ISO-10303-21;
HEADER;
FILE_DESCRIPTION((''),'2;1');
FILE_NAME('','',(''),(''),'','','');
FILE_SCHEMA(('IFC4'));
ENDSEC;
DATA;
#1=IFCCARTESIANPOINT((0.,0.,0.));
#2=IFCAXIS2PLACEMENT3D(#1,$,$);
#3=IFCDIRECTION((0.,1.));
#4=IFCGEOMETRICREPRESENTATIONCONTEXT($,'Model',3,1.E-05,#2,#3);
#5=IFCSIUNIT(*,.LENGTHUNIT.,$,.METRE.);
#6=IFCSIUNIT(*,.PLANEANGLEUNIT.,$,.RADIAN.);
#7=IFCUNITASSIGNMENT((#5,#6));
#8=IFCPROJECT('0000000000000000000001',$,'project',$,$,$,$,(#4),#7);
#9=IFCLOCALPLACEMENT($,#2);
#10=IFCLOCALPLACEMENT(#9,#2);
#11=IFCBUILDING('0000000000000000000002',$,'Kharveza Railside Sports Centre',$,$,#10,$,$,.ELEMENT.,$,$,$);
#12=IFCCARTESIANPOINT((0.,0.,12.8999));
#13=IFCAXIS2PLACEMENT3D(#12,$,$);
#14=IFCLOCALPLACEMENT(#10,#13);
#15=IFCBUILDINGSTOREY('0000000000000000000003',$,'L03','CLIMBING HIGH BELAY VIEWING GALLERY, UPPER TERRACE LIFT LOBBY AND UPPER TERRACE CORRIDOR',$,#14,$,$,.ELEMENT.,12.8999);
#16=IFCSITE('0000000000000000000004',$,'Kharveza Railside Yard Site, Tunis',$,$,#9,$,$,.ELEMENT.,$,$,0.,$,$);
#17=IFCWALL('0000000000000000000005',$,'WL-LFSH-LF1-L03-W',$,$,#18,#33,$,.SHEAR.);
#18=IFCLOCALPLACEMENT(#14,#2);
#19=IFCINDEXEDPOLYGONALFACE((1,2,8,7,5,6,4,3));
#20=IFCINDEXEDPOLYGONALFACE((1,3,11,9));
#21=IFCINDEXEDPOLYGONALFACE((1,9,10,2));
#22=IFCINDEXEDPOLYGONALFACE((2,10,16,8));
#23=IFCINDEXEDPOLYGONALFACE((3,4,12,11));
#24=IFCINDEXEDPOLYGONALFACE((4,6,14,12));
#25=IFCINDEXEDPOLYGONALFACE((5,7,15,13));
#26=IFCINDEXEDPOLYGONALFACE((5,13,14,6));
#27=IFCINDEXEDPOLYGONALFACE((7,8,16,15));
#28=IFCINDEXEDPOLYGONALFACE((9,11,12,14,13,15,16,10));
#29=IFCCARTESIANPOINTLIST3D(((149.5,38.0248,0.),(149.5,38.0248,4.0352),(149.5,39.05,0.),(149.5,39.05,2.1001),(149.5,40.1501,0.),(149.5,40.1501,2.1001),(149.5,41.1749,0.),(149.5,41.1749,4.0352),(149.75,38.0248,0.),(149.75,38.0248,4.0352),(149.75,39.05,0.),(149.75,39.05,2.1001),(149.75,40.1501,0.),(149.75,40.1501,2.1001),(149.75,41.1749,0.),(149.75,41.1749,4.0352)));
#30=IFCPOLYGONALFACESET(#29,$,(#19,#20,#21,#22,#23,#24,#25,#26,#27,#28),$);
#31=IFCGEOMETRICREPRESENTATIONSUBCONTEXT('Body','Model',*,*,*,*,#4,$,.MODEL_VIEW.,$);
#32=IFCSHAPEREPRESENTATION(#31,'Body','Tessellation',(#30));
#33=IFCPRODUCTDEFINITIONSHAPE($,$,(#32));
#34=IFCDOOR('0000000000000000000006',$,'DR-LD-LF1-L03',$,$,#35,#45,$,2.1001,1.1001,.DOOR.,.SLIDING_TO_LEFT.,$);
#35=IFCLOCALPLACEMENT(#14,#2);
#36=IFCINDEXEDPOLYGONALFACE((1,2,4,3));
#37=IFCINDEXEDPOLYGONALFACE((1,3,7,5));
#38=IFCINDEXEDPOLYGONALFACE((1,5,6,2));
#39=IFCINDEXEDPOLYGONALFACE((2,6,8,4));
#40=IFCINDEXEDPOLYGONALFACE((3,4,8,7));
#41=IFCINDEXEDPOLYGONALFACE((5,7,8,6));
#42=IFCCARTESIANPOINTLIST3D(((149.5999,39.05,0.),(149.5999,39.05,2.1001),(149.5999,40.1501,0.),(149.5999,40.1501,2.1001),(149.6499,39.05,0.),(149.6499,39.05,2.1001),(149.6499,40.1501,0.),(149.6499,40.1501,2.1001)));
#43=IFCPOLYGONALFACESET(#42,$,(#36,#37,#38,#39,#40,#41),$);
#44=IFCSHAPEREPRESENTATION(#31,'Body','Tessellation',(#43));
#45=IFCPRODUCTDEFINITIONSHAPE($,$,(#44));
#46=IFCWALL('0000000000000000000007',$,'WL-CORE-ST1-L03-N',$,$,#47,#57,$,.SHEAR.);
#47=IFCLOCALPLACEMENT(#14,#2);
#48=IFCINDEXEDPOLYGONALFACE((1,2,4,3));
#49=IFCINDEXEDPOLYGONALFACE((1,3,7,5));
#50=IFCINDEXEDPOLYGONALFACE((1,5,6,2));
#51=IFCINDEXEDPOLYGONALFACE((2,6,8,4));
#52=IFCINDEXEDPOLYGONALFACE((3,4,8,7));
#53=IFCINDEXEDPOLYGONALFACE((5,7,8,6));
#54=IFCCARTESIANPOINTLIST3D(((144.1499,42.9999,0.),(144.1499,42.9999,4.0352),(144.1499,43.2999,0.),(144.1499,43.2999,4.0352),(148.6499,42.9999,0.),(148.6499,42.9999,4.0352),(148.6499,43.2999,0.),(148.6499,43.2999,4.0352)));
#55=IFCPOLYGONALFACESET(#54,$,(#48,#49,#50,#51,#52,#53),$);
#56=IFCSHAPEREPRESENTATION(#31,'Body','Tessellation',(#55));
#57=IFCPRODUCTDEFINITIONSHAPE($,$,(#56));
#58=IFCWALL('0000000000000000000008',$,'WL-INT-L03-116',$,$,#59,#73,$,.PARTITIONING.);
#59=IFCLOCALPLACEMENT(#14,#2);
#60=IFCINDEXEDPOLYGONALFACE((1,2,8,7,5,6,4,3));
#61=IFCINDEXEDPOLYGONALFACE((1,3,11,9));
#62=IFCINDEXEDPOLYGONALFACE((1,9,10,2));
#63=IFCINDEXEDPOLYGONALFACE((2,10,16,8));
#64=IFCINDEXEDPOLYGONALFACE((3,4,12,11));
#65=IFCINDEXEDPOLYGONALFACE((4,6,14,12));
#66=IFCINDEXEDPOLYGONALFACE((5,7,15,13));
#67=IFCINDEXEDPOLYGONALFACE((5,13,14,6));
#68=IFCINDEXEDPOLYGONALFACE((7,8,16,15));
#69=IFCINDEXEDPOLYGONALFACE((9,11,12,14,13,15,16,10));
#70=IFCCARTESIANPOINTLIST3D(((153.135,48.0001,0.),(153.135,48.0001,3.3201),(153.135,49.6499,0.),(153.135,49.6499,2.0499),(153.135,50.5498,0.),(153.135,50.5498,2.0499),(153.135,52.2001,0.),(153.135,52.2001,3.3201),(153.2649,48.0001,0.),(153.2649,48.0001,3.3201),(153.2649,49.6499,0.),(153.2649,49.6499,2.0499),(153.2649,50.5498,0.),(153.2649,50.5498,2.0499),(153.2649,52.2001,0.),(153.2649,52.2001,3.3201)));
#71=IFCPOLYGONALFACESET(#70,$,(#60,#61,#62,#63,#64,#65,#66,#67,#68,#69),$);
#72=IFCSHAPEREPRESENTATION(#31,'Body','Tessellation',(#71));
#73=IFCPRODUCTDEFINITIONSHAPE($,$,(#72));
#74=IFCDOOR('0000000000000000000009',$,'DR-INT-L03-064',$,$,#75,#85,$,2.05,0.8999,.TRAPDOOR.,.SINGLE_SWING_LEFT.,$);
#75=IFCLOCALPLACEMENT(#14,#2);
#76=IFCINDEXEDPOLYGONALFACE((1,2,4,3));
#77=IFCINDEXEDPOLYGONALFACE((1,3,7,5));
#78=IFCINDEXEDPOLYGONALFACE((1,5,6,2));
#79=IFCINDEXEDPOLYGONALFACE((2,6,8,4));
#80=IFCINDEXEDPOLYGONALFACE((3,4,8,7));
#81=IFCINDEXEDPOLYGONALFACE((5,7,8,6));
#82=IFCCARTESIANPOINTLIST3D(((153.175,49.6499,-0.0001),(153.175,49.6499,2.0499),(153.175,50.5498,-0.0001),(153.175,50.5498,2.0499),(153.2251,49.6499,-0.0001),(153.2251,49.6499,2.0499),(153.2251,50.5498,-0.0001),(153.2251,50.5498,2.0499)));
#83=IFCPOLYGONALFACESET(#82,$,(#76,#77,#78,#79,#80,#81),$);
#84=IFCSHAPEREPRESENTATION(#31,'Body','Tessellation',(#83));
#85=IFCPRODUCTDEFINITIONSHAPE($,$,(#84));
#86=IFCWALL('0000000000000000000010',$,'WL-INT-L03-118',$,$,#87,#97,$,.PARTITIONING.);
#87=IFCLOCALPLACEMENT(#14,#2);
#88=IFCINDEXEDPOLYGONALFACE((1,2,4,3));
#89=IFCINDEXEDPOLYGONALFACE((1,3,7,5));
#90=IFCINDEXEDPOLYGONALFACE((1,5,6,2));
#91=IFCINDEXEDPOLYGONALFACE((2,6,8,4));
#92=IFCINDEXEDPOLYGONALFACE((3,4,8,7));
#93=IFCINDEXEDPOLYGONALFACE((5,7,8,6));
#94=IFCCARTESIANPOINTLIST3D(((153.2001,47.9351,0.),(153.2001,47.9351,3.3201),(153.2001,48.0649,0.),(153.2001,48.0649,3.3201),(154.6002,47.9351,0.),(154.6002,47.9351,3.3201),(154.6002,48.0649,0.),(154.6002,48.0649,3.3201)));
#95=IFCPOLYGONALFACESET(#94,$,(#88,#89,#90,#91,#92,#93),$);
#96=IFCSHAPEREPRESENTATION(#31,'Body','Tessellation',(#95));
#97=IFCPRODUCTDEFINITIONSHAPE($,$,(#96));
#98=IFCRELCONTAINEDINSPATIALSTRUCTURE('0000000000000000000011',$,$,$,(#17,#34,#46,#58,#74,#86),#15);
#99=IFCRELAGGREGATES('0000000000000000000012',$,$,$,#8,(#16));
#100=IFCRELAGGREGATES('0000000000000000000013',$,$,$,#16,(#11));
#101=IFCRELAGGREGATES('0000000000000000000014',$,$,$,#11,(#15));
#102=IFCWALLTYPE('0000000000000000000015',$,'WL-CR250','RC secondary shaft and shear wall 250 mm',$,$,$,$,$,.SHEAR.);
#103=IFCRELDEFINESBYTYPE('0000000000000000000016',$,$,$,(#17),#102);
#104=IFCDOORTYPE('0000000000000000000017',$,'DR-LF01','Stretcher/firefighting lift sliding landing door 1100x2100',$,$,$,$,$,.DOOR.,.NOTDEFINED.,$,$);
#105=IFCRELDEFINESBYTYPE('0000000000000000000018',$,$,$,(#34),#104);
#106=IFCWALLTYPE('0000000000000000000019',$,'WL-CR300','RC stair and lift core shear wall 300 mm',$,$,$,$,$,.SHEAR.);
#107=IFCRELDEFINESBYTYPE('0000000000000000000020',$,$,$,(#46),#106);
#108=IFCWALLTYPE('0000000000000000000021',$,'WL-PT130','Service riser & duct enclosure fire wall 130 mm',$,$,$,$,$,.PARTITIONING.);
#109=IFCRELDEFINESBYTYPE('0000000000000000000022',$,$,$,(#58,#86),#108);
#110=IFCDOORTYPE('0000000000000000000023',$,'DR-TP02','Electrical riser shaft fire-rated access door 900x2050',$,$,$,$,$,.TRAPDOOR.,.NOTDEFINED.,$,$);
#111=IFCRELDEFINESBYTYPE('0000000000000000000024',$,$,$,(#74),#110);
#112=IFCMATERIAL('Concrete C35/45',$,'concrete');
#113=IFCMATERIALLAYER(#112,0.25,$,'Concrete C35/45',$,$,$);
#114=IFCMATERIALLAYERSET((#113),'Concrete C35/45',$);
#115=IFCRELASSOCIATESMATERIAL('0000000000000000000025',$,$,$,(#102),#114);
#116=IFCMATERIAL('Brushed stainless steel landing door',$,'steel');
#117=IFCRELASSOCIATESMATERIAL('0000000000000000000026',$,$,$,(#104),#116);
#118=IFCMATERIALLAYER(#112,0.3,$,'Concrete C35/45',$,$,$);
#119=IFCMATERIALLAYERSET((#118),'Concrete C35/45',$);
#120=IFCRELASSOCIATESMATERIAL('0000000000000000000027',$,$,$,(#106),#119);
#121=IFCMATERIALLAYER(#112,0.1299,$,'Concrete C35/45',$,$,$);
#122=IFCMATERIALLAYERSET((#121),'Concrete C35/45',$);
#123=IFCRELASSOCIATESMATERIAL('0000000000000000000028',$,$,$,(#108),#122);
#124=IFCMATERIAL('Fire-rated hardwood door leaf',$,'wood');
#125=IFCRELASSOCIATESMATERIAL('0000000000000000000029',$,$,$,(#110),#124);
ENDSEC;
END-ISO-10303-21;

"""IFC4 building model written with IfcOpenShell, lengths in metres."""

from ifc_helpers import new_model, si_unit, direction, frame, frame_2d, origin, place, context, subcontext, project, spatial, rectangle, extrude, material, layer, layer_set, type_object, element, fill, save


model = new_model("IFC4")

# Units and contexts
model_context = context("Model", 3, precision=1e-05, world=origin(), true_north=direction((0.0, 1.0)))
body_context = subcontext(model_context, "Body", "Model", "MODEL_VIEW")
ifc_project = project(units=[si_unit("LENGTHUNIT", "METRE"), si_unit("PLANEANGLEUNIT", "RADIAN")], contexts=[model_context])

# Site, building, storey
site_placement = place(None, origin())
site = spatial("IfcSite", under=ifc_project, at=site_placement, Name="Kharveza Railside Yard Site, Tunis", CompositionType="ELEMENT", RefElevation=0.0)
building_placement = place(site_placement, origin())
building = spatial("IfcBuilding", under=site, at=building_placement, Name="Kharveza Railside Sports Centre", CompositionType="ELEMENT")
storey_placement = place(building_placement, frame((0.0, 0.0, 12.8999)))
storey = spatial("IfcBuildingStorey", under=building, at=storey_placement, Name="L03", Description="CLIMBING HIGH BELAY VIEWING GALLERY, UPPER TERRACE LIFT LOBBY AND UPPER TERRACE CORRIDOR", CompositionType="ELEMENT", Elevation=12.8999)

# Shared definitions
ifc_material_1 = material(Name="Concrete C35/45", Category="concrete")
ifc_layer_1 = layer(ifc_material_1, 0.25, Name="Concrete C35/45")
ifc_layer_set_1 = layer_set([ifc_layer_1], Name="Concrete C35/45")
wall_type_1 = type_object("IfcWallType", Name="WL-CR250", Description="RC secondary shaft and shear wall 250 mm", PredefinedType="SHEAR", material=ifc_layer_set_1)

# Wall, opening, door
wall_1_placement = place(storey_placement, frame((149.625, 41.175, 0.0), z_axis=(0.0, 0.0, 1.0), x_axis=(0.0, -1.0, 0.0)))
wall_1 = element("IfcWall", 1, at=wall_1_placement, inside=storey, type_object=wall_type_1, Name="WL-LFSH-LF1-L03-W", PredefinedType="SHEAR", context=body_context, shape_type="SweptSolid", body=[
    extrude(rectangle(XDim=3.1501, YDim=0.25, at=frame_2d((1.5752, 0.0))), origin(), (0.0, 0.0, 1.0), 4.0352),
])
opening_1_placement = place(wall_1_placement, frame((1.0249, 0.0, 0.0)))
opening_1 = element("IfcOpeningElement", 2, at=opening_1_placement, cuts=wall_1, PredefinedType="OPENING", context=body_context, shape_type="SweptSolid", body=[
    extrude(rectangle(XDim=1.1001, YDim=2.1001, at=frame_2d((0.55, 1.05))), frame((0.0, 0.1499, 0.0), z_axis=(0.0, -1.0, 0.0), x_axis=(1.0, 0.0, 0.0)), (0.0, 0.0, 1.0), 0.2998),
])
ifc_material_2 = material(Name="Brushed stainless steel landing door", Category="steel")
door_type_1 = type_object("IfcDoorType", Name="DR-LF01", Description="Stretcher/firefighting lift sliding landing door 1100x2100", OperationType="NOTDEFINED", PredefinedType="DOOR", material=ifc_material_2)
door_1_placement = place(opening_1_placement, origin())
door_1 = element("IfcDoor", 3, at=door_1_placement, inside=storey, type_object=door_type_1, Name="DR-LD-LF1-L03", OperationType="SLIDING_TO_LEFT", OverallHeight=2.1001, OverallWidth=1.1001, PredefinedType="DOOR", context=body_context, shape_type="SweptSolid", body=[
    extrude(rectangle(XDim=1.1001, YDim=2.1001, at=frame_2d((0.55, 1.05))), frame((0.0, 0.0249, 0.0), z_axis=(0.0, -1.0, 0.0), x_axis=(1.0, 0.0, 0.0)), (0.0, 0.0, 1.0), 0.05),
])
fill(opening_1, door_1)

# Wall
ifc_layer_2 = layer(ifc_material_1, 0.3, Name="Concrete C35/45")
ifc_layer_set_2 = layer_set([ifc_layer_2], Name="Concrete C35/45")
wall_type_2 = type_object("IfcWallType", Name="WL-CR300", Description="RC stair and lift core shear wall 300 mm", PredefinedType="SHEAR", material=ifc_layer_set_2)
wall_2_placement = place(storey_placement, frame((148.6499, 43.1499, 0.0), z_axis=(0.0, 0.0, 1.0), x_axis=(-1.0, 0.0, 0.0)))
element("IfcWall", 4, at=wall_2_placement, inside=storey, type_object=wall_type_2, Name="WL-CORE-ST1-L03-N", PredefinedType="SHEAR", context=body_context, shape_type="SweptSolid", body=[
    extrude(rectangle(XDim=4.5, YDim=0.3, at=frame_2d((2.25, 0.0))), origin(), (0.0, 0.0, 1.0), 4.0352),
])

# Wall, opening, door
ifc_layer_3 = layer(ifc_material_1, 0.1299, Name="Concrete C35/45")
ifc_layer_set_3 = layer_set([ifc_layer_3], Name="Concrete C35/45")
wall_type_3 = type_object("IfcWallType", Name="WL-PT130", Description="Service riser & duct enclosure fire wall 130 mm", PredefinedType="PARTITIONING", material=ifc_layer_set_3)
wall_3_placement = place(storey_placement, frame((153.2, 48.0, 0.0), z_axis=(0.0, 0.0, 1.0), x_axis=(0.0, 1.0, 0.0)))
wall_3 = element("IfcWall", 5, at=wall_3_placement, inside=storey, type_object=wall_type_3, Name="WL-INT-L03-116", PredefinedType="PARTITIONING", context=body_context, shape_type="SweptSolid", body=[
    extrude(rectangle(XDim=4.2, YDim=0.1299, at=frame_2d((2.1001, 0.0))), origin(), (0.0, 0.0, 1.0), 3.3201),
])
opening_2_placement = place(wall_3_placement, frame((1.6499, 0.0, 0.0)))
opening_2 = element("IfcOpeningElement", 6, at=opening_2_placement, cuts=wall_3, PredefinedType="OPENING", context=body_context, shape_type="SweptSolid", body=[
    extrude(rectangle(XDim=0.8999, YDim=2.05, at=frame_2d((0.45, 1.0249))), frame((0.0, 0.0898, 0.0), z_axis=(0.0, -1.0, 0.0), x_axis=(1.0, 0.0, 0.0)), (0.0, 0.0, 1.0), 0.1797),
])
ifc_material_3 = material(Name="Fire-rated hardwood door leaf", Category="wood")
door_type_2 = type_object("IfcDoorType", Name="DR-TP02", Description="Electrical riser shaft fire-rated access door 900x2050", OperationType="NOTDEFINED", PredefinedType="TRAPDOOR", material=ifc_material_3)
door_2_placement = place(opening_2_placement, origin())
door_2 = element("IfcDoor", 7, at=door_2_placement, inside=storey, type_object=door_type_2, Name="DR-INT-L03-064", OperationType="SINGLE_SWING_LEFT", OverallHeight=2.05, OverallWidth=0.8999, PredefinedType="TRAPDOOR", context=body_context, shape_type="SweptSolid", body=[
    extrude(rectangle(XDim=0.8999, YDim=2.05, at=frame_2d((0.45, 1.0249))), frame((0.0, 0.0249, 0.0), z_axis=(0.0, -1.0, 0.0), x_axis=(1.0, 0.0, 0.0)), (0.0, 0.0, 1.0), 0.05),
])
fill(opening_2, door_2)

# Wall
wall_4_placement = place(storey_placement, frame((153.2, 48.0, 0.0), z_axis=(0.0, 0.0, 1.0), x_axis=(1.0, 0.0, 0.0)))
element("IfcWall", 8, at=wall_4_placement, inside=storey, type_object=wall_type_3, Name="WL-INT-L03-118", PredefinedType="PARTITIONING", context=body_context, shape_type="SweptSolid", body=[
    extrude(rectangle(XDim=1.4001, YDim=0.1299, at=frame_2d((0.7002, 0.0))), origin(), (0.0, 0.0, 1.0), 3.3201),
])

save(model, "model.ifc")
